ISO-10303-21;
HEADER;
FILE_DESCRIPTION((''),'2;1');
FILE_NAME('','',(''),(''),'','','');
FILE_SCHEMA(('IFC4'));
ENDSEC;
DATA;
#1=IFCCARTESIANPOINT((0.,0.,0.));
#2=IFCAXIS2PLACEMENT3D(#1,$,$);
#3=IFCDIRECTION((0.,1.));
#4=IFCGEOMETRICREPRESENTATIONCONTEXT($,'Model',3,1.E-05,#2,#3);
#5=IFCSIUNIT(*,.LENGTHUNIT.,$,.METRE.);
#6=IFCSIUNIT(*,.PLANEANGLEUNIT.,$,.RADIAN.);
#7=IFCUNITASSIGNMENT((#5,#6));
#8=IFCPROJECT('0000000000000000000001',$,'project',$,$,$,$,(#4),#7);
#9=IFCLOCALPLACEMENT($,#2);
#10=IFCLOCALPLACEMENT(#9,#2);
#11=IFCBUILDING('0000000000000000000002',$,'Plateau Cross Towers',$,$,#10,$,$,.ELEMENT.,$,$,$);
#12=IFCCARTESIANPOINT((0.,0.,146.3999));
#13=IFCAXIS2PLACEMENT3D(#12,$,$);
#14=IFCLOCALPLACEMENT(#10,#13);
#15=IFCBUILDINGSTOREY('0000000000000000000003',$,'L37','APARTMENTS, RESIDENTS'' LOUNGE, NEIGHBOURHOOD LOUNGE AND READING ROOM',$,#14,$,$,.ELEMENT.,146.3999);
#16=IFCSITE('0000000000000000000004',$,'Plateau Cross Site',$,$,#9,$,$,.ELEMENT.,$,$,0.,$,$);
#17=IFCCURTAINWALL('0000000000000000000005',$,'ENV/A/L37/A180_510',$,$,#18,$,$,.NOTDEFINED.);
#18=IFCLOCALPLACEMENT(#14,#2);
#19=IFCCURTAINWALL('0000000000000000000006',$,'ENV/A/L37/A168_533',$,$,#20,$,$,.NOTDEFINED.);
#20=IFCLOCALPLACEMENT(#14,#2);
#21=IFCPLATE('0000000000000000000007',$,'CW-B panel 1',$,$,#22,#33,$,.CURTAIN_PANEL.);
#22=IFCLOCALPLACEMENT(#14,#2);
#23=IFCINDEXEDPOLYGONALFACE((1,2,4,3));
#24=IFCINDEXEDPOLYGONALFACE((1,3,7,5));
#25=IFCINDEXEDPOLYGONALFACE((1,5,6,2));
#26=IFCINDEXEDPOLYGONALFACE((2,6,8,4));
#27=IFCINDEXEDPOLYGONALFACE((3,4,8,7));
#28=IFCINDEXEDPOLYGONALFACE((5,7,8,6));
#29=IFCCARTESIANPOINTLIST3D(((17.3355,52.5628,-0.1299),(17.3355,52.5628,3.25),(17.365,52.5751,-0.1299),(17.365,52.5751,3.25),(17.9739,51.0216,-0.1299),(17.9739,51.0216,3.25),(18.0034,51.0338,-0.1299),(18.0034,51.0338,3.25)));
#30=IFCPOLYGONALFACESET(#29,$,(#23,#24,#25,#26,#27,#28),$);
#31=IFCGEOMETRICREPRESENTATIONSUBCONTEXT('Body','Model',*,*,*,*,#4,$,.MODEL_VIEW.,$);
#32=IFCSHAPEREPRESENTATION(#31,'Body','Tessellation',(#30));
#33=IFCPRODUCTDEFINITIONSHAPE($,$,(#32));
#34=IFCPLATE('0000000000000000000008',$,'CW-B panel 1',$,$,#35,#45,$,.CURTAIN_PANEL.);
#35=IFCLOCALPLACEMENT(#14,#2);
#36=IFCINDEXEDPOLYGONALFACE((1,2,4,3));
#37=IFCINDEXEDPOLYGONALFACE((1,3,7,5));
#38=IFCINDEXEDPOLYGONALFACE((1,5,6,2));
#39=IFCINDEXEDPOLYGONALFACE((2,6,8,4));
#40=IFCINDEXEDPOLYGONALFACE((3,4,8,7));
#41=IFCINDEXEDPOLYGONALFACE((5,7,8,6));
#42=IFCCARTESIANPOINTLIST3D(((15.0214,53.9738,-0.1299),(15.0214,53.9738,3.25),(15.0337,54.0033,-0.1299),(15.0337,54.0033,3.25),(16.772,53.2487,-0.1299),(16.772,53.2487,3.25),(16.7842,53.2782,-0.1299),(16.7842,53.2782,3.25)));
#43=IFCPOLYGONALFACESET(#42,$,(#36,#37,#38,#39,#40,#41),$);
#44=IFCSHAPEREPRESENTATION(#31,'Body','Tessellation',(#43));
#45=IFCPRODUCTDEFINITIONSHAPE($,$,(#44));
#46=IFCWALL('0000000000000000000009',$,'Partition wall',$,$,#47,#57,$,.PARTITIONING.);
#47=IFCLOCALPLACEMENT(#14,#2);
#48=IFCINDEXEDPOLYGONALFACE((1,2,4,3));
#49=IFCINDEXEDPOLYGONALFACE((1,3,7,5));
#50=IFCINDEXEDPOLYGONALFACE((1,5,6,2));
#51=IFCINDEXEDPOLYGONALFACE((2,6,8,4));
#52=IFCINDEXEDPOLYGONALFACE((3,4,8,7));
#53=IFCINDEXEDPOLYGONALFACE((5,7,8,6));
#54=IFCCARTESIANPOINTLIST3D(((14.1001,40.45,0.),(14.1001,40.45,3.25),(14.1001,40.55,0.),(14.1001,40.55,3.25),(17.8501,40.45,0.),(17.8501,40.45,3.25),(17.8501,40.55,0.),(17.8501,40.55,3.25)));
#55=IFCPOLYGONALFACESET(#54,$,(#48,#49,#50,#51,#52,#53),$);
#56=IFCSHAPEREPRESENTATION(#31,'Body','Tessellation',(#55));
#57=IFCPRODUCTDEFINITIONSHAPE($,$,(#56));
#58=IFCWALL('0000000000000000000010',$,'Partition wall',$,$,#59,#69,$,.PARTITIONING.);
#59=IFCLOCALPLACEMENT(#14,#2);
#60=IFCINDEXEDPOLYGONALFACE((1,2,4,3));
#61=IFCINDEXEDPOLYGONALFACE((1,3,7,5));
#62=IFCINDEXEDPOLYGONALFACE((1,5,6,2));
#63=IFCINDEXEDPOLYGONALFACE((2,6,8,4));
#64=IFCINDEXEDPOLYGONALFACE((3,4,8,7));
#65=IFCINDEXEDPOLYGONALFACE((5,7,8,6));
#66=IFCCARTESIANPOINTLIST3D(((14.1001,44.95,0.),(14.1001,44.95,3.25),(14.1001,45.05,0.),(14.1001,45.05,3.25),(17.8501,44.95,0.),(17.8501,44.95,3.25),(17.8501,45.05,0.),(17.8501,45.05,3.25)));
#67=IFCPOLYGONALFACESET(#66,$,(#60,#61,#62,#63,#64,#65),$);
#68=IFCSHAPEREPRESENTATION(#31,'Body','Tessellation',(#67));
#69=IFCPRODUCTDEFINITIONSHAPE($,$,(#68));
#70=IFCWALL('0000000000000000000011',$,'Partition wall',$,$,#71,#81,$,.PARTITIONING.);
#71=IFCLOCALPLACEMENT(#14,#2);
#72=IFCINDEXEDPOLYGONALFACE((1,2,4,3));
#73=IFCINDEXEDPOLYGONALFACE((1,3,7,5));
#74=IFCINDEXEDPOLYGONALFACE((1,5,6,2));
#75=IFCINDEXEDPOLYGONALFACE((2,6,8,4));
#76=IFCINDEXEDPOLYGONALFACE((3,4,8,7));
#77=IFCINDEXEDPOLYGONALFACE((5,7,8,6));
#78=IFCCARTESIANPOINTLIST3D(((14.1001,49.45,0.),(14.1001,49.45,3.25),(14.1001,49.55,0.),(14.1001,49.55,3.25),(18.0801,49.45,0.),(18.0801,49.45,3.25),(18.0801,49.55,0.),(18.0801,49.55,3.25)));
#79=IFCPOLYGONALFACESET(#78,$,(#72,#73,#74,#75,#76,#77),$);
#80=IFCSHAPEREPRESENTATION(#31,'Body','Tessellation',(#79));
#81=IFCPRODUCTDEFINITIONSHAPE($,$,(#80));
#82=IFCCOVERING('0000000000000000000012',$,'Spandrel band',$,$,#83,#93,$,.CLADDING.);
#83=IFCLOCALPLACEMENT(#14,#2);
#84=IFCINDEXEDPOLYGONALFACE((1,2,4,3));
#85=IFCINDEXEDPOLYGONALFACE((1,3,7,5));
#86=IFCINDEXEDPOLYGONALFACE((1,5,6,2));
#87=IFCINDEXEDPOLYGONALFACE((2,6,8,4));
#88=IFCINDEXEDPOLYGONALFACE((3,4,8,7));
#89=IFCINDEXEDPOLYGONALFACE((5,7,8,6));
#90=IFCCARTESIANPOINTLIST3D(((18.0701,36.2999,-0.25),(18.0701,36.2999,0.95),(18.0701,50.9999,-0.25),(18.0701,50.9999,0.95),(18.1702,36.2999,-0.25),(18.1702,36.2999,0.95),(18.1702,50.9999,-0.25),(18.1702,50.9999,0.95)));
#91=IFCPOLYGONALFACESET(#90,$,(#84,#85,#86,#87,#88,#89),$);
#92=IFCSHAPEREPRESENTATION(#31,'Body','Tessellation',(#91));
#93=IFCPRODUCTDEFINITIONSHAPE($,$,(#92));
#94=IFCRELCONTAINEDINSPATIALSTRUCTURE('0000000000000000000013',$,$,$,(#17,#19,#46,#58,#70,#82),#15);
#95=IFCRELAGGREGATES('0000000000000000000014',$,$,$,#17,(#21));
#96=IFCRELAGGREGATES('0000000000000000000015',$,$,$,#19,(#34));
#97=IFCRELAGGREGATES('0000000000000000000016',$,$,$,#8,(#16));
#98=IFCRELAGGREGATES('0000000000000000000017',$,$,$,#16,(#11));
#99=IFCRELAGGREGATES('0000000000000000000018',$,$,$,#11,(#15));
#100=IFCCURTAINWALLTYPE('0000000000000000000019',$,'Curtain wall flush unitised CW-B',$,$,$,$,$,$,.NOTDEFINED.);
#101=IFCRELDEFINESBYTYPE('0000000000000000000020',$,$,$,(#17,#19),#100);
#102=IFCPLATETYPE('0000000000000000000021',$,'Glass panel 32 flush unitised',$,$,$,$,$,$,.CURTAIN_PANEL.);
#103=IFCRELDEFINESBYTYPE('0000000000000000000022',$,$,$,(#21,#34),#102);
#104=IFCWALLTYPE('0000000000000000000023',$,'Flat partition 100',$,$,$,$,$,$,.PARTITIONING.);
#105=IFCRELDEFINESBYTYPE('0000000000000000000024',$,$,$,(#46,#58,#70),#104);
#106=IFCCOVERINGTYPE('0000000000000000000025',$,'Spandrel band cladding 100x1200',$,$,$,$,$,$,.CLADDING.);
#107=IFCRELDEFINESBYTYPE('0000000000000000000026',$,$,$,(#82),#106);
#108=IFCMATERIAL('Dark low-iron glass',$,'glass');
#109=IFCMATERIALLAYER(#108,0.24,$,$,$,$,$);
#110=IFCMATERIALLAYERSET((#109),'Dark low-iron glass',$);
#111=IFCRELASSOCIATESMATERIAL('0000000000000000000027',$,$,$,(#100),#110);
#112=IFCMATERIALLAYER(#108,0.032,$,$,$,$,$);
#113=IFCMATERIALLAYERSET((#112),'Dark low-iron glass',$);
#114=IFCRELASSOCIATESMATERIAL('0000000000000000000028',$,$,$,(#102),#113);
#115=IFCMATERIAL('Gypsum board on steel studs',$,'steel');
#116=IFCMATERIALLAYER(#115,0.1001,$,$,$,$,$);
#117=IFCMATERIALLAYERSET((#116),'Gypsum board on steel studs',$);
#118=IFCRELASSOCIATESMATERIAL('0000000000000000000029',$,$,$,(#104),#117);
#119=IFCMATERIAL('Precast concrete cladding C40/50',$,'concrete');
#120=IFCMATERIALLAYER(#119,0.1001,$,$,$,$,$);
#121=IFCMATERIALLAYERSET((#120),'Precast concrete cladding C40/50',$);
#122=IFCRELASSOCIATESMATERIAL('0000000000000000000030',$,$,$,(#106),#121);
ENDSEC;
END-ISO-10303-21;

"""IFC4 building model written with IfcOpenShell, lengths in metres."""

from ifc_helpers import new_model, si_unit, direction, frame, frame_2d, origin, origin_2d, place, context, subcontext, project, spatial, rectangle, extrude, material, layer, layer_set, type_object, element, aggregate, save


model = new_model("IFC4")

# Units and contexts
model_context = context("Model", 3, precision=1e-05, world=origin(), true_north=direction((0.0, 1.0)))
body_context = subcontext(model_context, "Body", "Model", "MODEL_VIEW")
ifc_project = project(units=[si_unit("LENGTHUNIT", "METRE"), si_unit("PLANEANGLEUNIT", "RADIAN")], contexts=[model_context])

# Site, building, storey
site_placement = place(None, origin())
site = spatial("IfcSite", under=ifc_project, at=site_placement, Name="Plateau Cross Site", CompositionType="ELEMENT", RefElevation=0.0)
building_placement = place(site_placement, origin())
building = spatial("IfcBuilding", under=site, at=building_placement, Name="Plateau Cross Towers", CompositionType="ELEMENT")
storey_placement = place(building_placement, frame((0.0, 0.0, 146.3999)))
storey = spatial("IfcBuildingStorey", under=building, at=storey_placement, Name="L37", Description="APARTMENTS, RESIDENTS' LOUNGE, NEIGHBOURHOOD LOUNGE AND READING ROOM", CompositionType="ELEMENT", Elevation=146.3999)

# Shared definitions
ifc_material_1 = material(Name="Dark low-iron glass", Category="glass")
ifc_layer_1 = layer(ifc_material_1, 0.24)
ifc_layer_set_1 = layer_set([ifc_layer_1], Name="Dark low-iron glass")
curtain_wall_type = type_object("IfcCurtainWallType", Name="Curtain wall flush unitised CW-B", PredefinedType="NOTDEFINED", material=ifc_layer_set_1)

# Curtain wall
curtain_wall_1_placement = place(storey_placement, origin())
curtain_wall_1 = element("IfcCurtainWall", 1, at=curtain_wall_1_placement, inside=storey, type_object=curtain_wall_type, Name="ENV/A/L37/A180_510", PredefinedType="NOTDEFINED")

# Curtain wall
curtain_wall_2_placement = place(storey_placement, origin())
curtain_wall_2 = element("IfcCurtainWall", 2, at=curtain_wall_2_placement, inside=storey, type_object=curtain_wall_type, Name="ENV/A/L37/A168_533", PredefinedType="NOTDEFINED")

# Plates
ifc_layer_2 = layer(ifc_material_1, 0.032)
ifc_layer_set_2 = layer_set([ifc_layer_2], Name="Dark low-iron glass")
plate_type = type_object("IfcPlateType", Name="Glass panel 32 flush unitised", PredefinedType="CURTAIN_PANEL", material=ifc_layer_set_2)
plate_1_placement = place(storey_placement, frame((17.6694, 51.7983, -0.1299), z_axis=(0.0, 0.0, 1.0), x_axis=(-0.382684, 0.923879, 0.0)))
plate_1 = element("IfcPlate", 3, at=plate_1_placement, type_object=plate_type, Name="CW-B panel 1", PredefinedType="CURTAIN_PANEL", context=body_context, shape_type="SweptSolid", body=[
    extrude(rectangle(XDim=1.6682, YDim=0.032, at=origin_2d()), origin(), (0.0, 0.0, 1.0), 3.3799),
])
aggregate(curtain_wall_1, [plate_1])
plate_2_placement = place(storey_placement, frame((15.9028, 53.626, -0.1299), z_axis=(0.0, 0.0, 1.0), x_axis=(-0.923879, 0.382684, 0.0)))
plate_2 = element("IfcPlate", 4, at=plate_2_placement, type_object=plate_type, Name="CW-B panel 1", PredefinedType="CURTAIN_PANEL", context=body_context, shape_type="SweptSolid", body=[
    extrude(rectangle(XDim=1.8948, YDim=0.032, at=origin_2d()), origin(), (0.0, 0.0, 1.0), 3.3799),
])
aggregate(curtain_wall_2, [plate_2])

# Walls
ifc_material_2 = material(Name="Gypsum board on steel studs", Category="steel")
ifc_layer_3 = layer(ifc_material_2, 0.1001)
ifc_layer_set_3 = layer_set([ifc_layer_3], Name="Gypsum board on steel studs")
wall_type_1 = type_object("IfcWallType", Name="Flat partition 100", PredefinedType="PARTITIONING", material=ifc_layer_set_3)
for number, where, z_axis, x_axis, name in (
    (5, (14.1001, 40.5, 0.0), (0.0, 0.0, 1.0), (1.0, 0.0, 0.0), "Partition wall"),
    (6, (17.8501, 45.0, 0.0), (0.0, 0.0, 1.0), (-1.0, 0.0, 0.0), "Partition wall"),
):
    element("IfcWall", number, at=place(storey_placement, frame(where, z_axis=z_axis, x_axis=x_axis)), inside=storey, type_object=wall_type_1, Name=name, PredefinedType="PARTITIONING", context=body_context, shape_type="SweptSolid", body=[
        extrude(rectangle(XDim=3.75, YDim=0.1001, at=frame_2d((1.875, 0.0))), origin(), (0.0, 0.0, 1.0), 3.25),
    ])
wall_1_placement = place(storey_placement, frame((18.0801, 49.5, 0.0), z_axis=(0.0, 0.0, 1.0), x_axis=(-1.0, 0.0, 0.0)))
element("IfcWall", 7, at=wall_1_placement, inside=storey, type_object=wall_type_1, Name="Partition wall", PredefinedType="PARTITIONING", context=body_context, shape_type="SweptSolid", body=[
    extrude(rectangle(XDim=3.98, YDim=0.1001, at=frame_2d((1.99, 0.0))), origin(), (0.0, 0.0, 1.0), 3.25),
])

# Covering
ifc_material_3 = material(Name="Precast concrete cladding C40/50", Category="concrete")
ifc_layer_4 = layer(ifc_material_3, 0.1001)
ifc_layer_set_4 = layer_set([ifc_layer_4], Name="Precast concrete cladding C40/50")
covering_type = type_object("IfcCoveringType", Name="Spandrel band cladding 100x1200", PredefinedType="CLADDING", material=ifc_layer_set_4)
covering_placement = place(storey_placement, frame((18.1201, 43.6499, -0.25), z_axis=(0.0, 0.0, 1.0), x_axis=(0.0, 1.0, 0.0)))
element("IfcCovering", 8, at=covering_placement, inside=storey, type_object=covering_type, Name="Spandrel band", PredefinedType="CLADDING", context=body_context, shape_type="SweptSolid", body=[
    extrude(rectangle(XDim=14.7, YDim=0.1001, at=origin_2d()), origin(), (0.0, 0.0, 1.0), 1.2),
])

save(model, "model.ifc")
